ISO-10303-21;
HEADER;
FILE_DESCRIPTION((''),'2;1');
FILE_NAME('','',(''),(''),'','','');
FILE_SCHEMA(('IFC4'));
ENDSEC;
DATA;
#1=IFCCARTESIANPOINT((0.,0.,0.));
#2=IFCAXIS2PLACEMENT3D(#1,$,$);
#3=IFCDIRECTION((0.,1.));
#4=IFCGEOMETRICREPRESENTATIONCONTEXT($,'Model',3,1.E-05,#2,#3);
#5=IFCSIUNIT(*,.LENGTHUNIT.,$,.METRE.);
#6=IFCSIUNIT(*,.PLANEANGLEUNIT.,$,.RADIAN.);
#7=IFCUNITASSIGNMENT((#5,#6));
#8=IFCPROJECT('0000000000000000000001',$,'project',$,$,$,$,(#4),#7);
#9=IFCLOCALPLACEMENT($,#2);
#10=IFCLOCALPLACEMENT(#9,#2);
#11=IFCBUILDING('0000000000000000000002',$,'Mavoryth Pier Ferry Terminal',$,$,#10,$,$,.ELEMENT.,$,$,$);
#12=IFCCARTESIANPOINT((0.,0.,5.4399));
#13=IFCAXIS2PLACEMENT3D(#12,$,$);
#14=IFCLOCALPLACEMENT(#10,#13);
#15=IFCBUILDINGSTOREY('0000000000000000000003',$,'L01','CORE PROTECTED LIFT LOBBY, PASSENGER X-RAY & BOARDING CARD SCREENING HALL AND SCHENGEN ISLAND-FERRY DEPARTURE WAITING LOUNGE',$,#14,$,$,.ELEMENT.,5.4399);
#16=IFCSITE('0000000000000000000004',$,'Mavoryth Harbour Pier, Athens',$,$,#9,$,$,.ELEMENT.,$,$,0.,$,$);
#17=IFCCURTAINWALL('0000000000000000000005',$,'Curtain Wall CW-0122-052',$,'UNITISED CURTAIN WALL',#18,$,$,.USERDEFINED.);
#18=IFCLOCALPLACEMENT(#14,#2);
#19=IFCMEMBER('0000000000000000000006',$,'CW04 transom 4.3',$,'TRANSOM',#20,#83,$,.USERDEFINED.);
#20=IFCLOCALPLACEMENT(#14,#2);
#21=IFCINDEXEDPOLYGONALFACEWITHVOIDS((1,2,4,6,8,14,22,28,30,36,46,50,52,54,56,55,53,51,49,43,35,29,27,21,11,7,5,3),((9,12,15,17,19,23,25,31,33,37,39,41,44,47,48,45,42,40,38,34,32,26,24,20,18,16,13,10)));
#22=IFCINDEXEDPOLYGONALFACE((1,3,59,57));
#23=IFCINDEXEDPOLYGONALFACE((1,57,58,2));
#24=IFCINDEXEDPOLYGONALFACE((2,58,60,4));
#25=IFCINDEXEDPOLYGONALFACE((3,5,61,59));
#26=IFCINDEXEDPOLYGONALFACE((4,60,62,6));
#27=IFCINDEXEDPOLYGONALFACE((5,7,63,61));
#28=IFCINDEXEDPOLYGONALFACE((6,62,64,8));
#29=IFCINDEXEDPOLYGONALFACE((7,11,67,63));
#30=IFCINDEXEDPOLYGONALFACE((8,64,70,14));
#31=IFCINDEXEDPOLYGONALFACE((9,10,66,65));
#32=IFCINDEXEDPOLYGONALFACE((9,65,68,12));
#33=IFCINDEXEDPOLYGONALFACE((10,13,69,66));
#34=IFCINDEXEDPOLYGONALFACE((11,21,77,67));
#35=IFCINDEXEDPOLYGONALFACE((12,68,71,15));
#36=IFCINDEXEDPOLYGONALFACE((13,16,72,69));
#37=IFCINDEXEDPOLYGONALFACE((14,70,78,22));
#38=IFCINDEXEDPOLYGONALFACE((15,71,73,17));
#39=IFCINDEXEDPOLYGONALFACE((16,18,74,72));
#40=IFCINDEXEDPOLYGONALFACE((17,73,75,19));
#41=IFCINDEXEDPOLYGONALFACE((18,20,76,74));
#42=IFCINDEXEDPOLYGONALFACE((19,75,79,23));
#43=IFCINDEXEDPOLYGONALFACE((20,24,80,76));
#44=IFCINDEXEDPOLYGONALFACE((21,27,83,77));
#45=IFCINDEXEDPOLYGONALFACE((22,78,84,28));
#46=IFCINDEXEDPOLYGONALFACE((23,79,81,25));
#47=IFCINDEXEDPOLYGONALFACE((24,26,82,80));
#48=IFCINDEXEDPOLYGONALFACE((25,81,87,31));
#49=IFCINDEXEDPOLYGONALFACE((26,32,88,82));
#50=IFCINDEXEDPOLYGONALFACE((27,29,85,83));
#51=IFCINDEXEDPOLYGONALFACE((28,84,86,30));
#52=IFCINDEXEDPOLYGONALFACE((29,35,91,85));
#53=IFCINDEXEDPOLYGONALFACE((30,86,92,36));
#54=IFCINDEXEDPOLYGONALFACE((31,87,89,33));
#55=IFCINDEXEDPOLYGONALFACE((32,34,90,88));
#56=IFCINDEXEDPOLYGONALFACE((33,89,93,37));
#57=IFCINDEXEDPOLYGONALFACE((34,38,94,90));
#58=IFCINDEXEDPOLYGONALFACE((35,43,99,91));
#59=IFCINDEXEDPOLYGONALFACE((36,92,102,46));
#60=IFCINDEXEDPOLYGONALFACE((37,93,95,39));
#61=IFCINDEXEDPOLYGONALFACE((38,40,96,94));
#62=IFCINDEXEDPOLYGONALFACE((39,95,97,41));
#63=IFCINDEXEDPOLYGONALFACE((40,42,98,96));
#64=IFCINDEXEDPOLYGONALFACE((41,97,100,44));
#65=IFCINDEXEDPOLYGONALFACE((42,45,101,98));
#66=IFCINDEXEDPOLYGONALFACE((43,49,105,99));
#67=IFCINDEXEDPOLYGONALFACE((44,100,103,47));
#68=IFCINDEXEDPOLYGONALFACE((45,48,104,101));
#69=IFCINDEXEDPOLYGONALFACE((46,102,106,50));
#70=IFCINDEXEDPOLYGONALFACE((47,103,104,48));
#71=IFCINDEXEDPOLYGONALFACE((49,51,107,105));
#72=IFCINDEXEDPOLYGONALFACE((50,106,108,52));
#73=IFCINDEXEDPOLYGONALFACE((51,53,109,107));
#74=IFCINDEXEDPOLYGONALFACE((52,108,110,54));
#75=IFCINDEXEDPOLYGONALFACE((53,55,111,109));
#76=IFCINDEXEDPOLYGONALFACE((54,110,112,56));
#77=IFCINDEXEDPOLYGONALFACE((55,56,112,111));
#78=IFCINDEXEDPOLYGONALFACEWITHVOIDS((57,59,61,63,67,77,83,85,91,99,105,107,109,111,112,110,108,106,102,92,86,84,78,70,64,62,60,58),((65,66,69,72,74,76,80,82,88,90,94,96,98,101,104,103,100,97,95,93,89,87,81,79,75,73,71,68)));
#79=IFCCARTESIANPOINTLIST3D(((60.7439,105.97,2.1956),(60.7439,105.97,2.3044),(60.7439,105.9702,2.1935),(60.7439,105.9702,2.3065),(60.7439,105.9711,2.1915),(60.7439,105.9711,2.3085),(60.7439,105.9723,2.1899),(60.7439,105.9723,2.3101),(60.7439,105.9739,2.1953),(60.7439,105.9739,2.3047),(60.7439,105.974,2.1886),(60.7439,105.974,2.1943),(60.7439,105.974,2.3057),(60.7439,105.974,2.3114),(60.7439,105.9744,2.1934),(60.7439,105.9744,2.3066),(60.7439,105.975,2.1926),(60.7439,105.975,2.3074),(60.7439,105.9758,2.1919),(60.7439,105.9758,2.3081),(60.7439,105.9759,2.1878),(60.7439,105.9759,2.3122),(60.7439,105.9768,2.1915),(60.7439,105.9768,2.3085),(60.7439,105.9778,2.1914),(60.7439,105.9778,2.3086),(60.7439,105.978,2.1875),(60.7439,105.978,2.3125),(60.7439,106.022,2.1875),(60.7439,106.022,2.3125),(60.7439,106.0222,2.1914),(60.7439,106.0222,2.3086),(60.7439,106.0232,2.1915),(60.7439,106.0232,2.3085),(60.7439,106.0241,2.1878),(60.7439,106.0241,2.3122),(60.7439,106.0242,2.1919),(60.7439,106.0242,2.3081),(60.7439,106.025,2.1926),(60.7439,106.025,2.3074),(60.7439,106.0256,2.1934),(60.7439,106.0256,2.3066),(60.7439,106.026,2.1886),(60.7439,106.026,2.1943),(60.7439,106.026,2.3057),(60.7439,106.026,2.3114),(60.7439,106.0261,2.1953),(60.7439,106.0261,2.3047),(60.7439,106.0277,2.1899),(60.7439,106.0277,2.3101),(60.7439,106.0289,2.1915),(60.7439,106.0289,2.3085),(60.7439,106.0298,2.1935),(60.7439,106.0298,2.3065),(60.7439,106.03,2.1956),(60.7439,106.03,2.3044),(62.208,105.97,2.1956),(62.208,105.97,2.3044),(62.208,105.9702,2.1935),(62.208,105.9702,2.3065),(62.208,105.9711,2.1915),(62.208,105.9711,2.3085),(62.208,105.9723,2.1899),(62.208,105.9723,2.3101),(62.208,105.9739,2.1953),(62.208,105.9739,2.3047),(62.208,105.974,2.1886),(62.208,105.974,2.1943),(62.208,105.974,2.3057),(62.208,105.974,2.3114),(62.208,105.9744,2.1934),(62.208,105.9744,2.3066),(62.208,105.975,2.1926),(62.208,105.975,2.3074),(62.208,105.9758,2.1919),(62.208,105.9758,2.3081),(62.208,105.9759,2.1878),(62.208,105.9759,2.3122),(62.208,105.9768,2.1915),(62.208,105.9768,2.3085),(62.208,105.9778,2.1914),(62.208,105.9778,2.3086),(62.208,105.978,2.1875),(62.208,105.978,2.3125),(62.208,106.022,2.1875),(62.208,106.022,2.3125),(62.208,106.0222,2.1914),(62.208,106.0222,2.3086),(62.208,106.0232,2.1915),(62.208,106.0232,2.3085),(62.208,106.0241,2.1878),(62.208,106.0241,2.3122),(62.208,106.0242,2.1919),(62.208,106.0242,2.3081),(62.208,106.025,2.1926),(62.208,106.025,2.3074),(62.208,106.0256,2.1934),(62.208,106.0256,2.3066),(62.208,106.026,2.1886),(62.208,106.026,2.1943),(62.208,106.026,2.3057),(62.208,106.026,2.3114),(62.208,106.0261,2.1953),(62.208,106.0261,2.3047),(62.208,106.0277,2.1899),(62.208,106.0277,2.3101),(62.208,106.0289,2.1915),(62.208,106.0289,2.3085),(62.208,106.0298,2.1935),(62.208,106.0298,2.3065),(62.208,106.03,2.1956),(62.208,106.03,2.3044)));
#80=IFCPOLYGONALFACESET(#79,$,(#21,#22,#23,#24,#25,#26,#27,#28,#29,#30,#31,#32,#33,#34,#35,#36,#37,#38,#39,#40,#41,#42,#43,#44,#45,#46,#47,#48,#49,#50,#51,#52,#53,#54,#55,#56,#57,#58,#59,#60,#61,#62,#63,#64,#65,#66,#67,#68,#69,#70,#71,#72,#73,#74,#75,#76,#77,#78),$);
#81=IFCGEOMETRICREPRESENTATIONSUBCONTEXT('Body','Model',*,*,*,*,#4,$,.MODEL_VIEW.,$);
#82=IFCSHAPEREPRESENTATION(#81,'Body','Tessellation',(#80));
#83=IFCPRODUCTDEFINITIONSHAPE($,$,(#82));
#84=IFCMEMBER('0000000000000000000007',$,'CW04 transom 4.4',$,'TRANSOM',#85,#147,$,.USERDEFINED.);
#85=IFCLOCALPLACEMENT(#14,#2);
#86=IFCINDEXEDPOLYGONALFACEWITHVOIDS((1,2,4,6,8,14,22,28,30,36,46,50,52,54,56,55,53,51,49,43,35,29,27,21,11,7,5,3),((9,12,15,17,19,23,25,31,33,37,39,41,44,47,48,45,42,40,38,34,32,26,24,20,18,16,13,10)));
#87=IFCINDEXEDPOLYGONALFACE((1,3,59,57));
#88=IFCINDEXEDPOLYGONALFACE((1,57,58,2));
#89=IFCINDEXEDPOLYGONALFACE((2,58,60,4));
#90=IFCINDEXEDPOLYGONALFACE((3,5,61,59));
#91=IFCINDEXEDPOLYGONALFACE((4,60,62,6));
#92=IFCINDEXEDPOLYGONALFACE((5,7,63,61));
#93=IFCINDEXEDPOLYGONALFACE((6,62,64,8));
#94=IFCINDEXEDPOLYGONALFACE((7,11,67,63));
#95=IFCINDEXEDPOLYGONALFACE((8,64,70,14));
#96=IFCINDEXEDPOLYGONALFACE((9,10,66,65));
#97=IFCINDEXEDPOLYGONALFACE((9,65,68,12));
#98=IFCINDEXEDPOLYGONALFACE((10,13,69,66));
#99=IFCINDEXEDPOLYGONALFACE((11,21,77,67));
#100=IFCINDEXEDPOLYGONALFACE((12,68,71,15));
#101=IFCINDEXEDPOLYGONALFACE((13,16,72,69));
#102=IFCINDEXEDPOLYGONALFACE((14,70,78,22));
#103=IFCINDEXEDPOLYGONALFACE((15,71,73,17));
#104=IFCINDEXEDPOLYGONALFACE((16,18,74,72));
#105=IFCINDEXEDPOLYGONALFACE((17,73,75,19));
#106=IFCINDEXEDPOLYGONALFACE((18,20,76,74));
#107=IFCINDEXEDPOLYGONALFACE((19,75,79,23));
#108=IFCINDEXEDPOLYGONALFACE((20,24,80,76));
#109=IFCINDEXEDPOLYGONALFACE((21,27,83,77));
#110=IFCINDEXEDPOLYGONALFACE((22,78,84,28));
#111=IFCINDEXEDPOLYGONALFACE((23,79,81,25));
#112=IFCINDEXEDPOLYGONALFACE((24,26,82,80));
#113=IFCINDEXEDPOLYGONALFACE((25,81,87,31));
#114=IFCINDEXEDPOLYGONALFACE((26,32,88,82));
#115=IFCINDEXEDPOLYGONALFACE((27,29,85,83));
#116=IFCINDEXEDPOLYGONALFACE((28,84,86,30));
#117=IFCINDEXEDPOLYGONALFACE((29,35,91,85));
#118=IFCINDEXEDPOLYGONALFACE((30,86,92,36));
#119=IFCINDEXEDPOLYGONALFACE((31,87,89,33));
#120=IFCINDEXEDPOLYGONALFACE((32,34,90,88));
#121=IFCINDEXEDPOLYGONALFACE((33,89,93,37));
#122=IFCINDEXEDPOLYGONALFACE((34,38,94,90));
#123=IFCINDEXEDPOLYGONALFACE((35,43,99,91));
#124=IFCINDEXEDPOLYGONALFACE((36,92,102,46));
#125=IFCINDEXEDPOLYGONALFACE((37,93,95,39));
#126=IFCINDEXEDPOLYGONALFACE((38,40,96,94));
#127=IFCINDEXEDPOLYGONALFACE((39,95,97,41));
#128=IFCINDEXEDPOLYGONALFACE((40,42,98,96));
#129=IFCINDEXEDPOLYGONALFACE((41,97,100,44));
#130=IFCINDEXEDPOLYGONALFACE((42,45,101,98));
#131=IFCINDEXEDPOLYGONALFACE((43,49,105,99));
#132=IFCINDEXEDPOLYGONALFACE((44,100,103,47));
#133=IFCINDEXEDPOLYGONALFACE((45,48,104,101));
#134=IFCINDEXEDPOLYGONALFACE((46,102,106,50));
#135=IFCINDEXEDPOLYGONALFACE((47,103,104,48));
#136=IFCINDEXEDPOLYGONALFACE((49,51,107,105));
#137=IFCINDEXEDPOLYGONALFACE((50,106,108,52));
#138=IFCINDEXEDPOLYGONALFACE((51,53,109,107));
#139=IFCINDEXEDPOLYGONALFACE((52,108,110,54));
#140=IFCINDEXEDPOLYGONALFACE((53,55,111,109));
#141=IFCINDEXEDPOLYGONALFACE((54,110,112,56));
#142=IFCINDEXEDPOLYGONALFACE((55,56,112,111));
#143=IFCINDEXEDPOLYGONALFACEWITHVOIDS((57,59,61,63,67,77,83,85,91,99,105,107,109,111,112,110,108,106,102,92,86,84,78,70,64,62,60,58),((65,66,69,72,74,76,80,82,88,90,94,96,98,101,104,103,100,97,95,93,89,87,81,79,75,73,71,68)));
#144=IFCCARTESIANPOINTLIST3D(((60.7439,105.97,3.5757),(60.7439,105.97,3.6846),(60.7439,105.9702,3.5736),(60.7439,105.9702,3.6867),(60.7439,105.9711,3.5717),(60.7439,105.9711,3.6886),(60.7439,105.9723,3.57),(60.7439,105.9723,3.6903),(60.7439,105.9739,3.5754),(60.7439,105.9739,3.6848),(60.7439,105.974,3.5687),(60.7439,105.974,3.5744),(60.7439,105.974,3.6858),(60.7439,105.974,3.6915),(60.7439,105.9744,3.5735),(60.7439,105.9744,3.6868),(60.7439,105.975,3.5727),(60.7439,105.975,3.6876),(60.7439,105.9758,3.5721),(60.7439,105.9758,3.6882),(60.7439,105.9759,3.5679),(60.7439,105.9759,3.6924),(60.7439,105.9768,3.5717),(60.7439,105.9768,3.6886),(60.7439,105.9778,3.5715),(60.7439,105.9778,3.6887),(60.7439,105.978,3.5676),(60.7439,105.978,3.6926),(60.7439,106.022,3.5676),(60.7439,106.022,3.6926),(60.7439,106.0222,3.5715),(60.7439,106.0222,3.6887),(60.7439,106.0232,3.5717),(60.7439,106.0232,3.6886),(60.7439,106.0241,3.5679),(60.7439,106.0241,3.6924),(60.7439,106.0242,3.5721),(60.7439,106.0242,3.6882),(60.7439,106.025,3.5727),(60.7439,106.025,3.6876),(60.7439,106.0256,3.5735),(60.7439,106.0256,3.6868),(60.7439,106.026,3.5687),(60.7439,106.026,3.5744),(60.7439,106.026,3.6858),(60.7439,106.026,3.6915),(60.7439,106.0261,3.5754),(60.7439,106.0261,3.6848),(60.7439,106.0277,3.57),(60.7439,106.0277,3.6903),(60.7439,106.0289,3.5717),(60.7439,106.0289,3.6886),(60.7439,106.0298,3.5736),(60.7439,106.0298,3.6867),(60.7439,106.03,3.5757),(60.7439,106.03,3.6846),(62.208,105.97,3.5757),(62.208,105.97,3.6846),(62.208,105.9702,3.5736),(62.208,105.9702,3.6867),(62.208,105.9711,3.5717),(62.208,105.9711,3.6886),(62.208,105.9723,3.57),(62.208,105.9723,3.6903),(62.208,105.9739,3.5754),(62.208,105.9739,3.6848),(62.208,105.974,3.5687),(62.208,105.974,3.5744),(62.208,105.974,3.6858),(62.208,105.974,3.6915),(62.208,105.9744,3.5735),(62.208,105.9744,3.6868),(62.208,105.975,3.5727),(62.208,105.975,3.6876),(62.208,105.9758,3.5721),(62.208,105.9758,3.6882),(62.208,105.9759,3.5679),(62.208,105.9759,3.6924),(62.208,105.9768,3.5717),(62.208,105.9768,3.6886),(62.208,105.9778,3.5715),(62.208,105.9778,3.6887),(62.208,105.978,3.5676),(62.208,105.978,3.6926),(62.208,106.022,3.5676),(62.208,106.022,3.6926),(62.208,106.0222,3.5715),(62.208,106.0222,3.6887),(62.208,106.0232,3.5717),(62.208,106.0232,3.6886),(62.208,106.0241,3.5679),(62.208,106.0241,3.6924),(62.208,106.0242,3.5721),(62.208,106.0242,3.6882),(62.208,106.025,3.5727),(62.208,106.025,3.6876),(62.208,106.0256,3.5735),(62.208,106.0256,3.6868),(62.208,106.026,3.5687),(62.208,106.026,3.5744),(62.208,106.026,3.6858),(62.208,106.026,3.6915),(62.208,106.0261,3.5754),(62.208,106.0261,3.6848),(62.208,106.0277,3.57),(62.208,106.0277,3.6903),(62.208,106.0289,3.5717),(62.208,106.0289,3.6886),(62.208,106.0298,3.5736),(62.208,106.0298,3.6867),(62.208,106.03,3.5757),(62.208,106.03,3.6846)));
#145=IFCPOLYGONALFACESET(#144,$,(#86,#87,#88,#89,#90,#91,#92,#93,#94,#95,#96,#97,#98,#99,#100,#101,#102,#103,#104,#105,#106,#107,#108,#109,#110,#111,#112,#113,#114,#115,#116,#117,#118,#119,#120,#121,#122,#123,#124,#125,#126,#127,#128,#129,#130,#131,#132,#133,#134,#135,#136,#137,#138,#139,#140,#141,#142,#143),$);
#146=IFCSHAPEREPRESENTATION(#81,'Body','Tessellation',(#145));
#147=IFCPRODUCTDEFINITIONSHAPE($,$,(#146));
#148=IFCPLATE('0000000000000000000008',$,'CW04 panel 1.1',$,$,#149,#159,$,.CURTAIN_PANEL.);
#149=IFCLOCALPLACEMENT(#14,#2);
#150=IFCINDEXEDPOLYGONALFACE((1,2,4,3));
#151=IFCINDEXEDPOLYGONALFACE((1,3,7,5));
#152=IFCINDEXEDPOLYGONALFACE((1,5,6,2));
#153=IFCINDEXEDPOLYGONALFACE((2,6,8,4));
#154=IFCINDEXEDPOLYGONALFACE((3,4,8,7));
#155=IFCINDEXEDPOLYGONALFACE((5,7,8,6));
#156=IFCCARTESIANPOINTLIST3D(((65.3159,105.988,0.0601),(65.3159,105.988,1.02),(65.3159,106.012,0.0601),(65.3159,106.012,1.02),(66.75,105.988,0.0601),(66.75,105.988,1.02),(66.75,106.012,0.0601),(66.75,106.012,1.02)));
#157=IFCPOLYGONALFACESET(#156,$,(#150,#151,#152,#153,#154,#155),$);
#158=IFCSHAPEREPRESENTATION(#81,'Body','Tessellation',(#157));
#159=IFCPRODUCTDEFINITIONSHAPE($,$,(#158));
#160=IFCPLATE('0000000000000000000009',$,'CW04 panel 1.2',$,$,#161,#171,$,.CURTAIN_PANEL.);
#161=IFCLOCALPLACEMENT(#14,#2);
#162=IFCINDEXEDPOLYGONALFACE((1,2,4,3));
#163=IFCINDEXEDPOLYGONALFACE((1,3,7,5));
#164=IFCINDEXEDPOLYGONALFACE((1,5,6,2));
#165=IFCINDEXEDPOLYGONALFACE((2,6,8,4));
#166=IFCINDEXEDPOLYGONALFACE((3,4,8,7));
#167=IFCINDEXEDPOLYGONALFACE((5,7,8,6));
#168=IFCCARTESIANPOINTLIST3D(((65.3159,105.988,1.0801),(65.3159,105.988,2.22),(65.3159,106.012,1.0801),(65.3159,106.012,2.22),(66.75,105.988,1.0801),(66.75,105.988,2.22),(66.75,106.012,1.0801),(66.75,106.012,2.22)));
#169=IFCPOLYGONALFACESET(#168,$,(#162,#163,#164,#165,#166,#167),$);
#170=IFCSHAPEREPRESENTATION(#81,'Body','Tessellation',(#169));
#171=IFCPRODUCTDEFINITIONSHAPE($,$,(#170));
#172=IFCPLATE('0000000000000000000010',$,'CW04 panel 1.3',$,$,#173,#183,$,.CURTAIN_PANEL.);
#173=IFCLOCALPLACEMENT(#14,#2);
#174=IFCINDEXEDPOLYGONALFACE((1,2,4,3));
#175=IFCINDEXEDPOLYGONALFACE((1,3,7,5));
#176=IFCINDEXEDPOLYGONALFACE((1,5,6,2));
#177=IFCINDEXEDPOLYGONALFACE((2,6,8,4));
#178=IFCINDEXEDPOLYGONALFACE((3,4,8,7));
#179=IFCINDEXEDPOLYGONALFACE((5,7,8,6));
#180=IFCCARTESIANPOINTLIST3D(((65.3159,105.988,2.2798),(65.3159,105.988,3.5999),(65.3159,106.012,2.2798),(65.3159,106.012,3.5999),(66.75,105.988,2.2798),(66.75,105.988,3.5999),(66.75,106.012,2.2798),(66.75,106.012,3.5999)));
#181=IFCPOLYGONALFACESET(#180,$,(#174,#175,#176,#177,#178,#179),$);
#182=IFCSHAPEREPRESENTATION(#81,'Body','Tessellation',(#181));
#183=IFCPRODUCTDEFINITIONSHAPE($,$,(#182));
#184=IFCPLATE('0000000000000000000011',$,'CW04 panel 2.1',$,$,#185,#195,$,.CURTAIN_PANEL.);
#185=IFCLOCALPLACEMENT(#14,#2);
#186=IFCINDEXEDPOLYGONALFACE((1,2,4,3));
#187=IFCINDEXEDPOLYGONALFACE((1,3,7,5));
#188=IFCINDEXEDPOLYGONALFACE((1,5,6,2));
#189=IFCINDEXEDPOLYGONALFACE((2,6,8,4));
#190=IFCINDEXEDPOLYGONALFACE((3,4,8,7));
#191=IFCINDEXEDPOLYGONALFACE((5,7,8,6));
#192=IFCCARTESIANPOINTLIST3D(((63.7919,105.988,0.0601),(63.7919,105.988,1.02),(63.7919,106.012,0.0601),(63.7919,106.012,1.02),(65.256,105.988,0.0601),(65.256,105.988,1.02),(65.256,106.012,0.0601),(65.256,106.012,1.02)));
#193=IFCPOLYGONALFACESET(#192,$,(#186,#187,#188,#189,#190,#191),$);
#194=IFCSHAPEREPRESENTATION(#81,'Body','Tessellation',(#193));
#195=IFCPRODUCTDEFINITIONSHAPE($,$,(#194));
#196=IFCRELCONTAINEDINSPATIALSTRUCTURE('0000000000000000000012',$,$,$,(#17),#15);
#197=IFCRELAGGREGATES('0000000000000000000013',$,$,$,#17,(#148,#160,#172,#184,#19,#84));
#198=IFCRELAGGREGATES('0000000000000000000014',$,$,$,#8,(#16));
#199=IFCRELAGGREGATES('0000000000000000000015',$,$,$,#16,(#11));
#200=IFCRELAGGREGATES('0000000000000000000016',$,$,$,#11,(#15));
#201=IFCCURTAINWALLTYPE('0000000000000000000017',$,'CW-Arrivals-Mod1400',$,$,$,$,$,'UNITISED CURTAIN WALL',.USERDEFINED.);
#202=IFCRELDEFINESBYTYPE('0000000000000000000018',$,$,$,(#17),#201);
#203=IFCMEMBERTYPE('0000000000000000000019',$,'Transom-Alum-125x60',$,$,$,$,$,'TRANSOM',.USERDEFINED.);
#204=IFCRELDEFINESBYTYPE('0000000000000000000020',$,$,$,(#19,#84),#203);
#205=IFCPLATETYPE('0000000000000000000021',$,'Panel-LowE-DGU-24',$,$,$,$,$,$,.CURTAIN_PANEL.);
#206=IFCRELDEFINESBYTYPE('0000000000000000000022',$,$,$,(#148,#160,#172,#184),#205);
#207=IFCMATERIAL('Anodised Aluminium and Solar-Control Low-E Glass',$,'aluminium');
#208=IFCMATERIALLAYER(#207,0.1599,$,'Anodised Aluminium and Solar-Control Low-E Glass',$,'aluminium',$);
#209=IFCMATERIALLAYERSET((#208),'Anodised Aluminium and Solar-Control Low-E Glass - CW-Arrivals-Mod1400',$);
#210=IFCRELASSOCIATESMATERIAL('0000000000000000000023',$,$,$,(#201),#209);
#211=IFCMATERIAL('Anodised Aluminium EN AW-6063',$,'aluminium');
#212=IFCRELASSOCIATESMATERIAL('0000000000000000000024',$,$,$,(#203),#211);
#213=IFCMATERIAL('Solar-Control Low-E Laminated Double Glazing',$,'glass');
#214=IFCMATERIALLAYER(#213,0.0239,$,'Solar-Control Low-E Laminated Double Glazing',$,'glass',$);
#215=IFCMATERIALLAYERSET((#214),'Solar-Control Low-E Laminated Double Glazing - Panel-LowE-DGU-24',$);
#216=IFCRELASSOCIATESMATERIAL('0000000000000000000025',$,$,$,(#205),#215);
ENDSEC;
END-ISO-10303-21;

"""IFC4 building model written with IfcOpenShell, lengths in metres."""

from ifc_helpers import new_model, si_unit, direction, frame, origin, origin_2d, place, context, subcontext, project, spatial, rectangle, hollow_rectangle, extrude, material, layer, layer_set, material_profile, profile_set, type_object, element, aggregate, save


model = new_model("IFC4")

# Units and contexts
model_context = context("Model", 3, precision=1e-05, world=origin(), true_north=direction((0.0, 1.0)))
body_context = subcontext(model_context, "Body", "Model", "MODEL_VIEW")
ifc_project = project(units=[si_unit("LENGTHUNIT", "METRE"), si_unit("PLANEANGLEUNIT", "RADIAN")], contexts=[model_context])

# Site, building, storey
site_placement = place(None, origin())
site = spatial("IfcSite", under=ifc_project, at=site_placement, Name="Mavoryth Harbour Pier, Athens", CompositionType="ELEMENT", RefElevation=0.0)
building_placement = place(site_placement, origin())
building = spatial("IfcBuilding", under=site, at=building_placement, Name="Mavoryth Pier Ferry Terminal", CompositionType="ELEMENT")
storey_placement = place(building_placement, frame((0.0, 0.0, 5.4399)))
storey = spatial("IfcBuildingStorey", under=building, at=storey_placement, Name="L01", Description="CORE PROTECTED LIFT LOBBY, PASSENGER X-RAY & BOARDING CARD SCREENING HALL AND SCHENGEN ISLAND-FERRY DEPARTURE WAITING LOUNGE", CompositionType="ELEMENT", Elevation=5.4399)

# Curtain wall
ifc_material_1 = material(Name="Anodised Aluminium and Solar-Control Low-E Glass", Category="aluminium")
ifc_layer_1 = layer(ifc_material_1, 0.1599, Name="Anodised Aluminium and Solar-Control Low-E Glass", Category="aluminium")
ifc_layer_set_1 = layer_set([ifc_layer_1], Name="Anodised Aluminium and Solar-Control Low-E Glass - CW-Arrivals-Mod1400")
curtain_wall_type = type_object("IfcCurtainWallType", Name="CW-Arrivals-Mod1400", ElementType="UNITISED CURTAIN WALL", PredefinedType="USERDEFINED", material=ifc_layer_set_1)
curtain_wall_placement = place(storey_placement, origin())
curtain_wall = element("IfcCurtainWall", 1, at=curtain_wall_placement, inside=storey, type_object=curtain_wall_type, Name="Curtain Wall CW-0122-052", ObjectType="UNITISED CURTAIN WALL", PredefinedType="USERDEFINED")
ifc_material_2 = material(Name="Anodised Aluminium EN AW-6063", Category="aluminium")

# Members
ifc_material_profile_1 = material_profile(ifc_material_2, hollow_rectangle(XDim=0.0601, YDim=0.125, WallThickness=0.0039, InnerFilletRadius=0.0039, OuterFilletRadius=0.0081, at=origin_2d()), Name="AL-TRAN 125x60x4", Category="aluminium")
ifc_profile_set_1 = profile_set([ifc_material_profile_1], Name="Anodised Aluminium EN AW-6063 - AL-TRAN 125x60x4")
member_type_1 = type_object("IfcMemberType", Name="Transom-Alum-125x60", ElementType="TRANSOM", PredefinedType="USERDEFINED", material=ifc_profile_set_1)
member_1_placement = place(storey_placement, frame((62.208, 106.0, 2.25), z_axis=(-1.0, 0.0, 0.0), x_axis=(0.0, -1.0, 0.0)))
member_1 = element("IfcMember", 2, at=member_1_placement, type_object=member_type_1, Name="CW04 transom 4.3", ObjectType="TRANSOM", PredefinedType="USERDEFINED", context=body_context, shape_type="SweptSolid", body=[
    extrude(hollow_rectangle(XDim=0.0601, YDim=0.125, WallThickness=0.0039, InnerFilletRadius=0.0039, OuterFilletRadius=0.0081, at=origin_2d()), origin(), (0.0, 0.0, 1.0), 1.4641),
])
member_2_placement = place(storey_placement, frame((62.208, 106.0, 3.6301), z_axis=(-1.0, 0.0, 0.0), x_axis=(0.0, -1.0, 0.0)))
member_2 = element("IfcMember", 3, at=member_2_placement, type_object=member_type_1, Name="CW04 transom 4.4", ObjectType="TRANSOM", PredefinedType="USERDEFINED", context=body_context, shape_type="SweptSolid", body=[
    extrude(hollow_rectangle(XDim=0.0601, YDim=0.125, WallThickness=0.0039, InnerFilletRadius=0.0039, OuterFilletRadius=0.0081, at=origin_2d()), origin(), (0.0, 0.0, 1.0), 1.4641),
])

# Plates
ifc_material_3 = material(Name="Solar-Control Low-E Laminated Double Glazing", Category="glass")
ifc_layer_2 = layer(ifc_material_3, 0.0239, Name="Solar-Control Low-E Laminated Double Glazing", Category="glass")
ifc_layer_set_2 = layer_set([ifc_layer_2], Name="Solar-Control Low-E Laminated Double Glazing - Panel-LowE-DGU-24")
plate_type_1 = type_object("IfcPlateType", Name="Panel-LowE-DGU-24", PredefinedType="CURTAIN_PANEL", material=ifc_layer_set_2)
plate_1_placement = place(storey_placement, frame((66.033, 106.0, 0.0601), z_axis=(0.0, 0.0, 1.0), x_axis=(-1.0, 0.0, 0.0)))
plate_1 = element("IfcPlate", 4, at=plate_1_placement, type_object=plate_type_1, Name="CW04 panel 1.1", PredefinedType="CURTAIN_PANEL", context=body_context, shape_type="SweptSolid", body=[
    extrude(rectangle(XDim=1.4341, YDim=0.0239, at=origin_2d()), origin(), (0.0, 0.0, 1.0), 0.96),
])
plate_2_placement = place(storey_placement, frame((66.033, 106.0, 1.0801), z_axis=(0.0, 0.0, 1.0), x_axis=(-1.0, 0.0, 0.0)))
plate_2 = element("IfcPlate", 5, at=plate_2_placement, type_object=plate_type_1, Name="CW04 panel 1.2", PredefinedType="CURTAIN_PANEL", context=body_context, shape_type="SweptSolid", body=[
    extrude(rectangle(XDim=1.4341, YDim=0.0239, at=origin_2d()), origin(), (0.0, 0.0, 1.0), 1.1399),
])
plate_3_placement = place(storey_placement, frame((66.033, 106.0, 2.2798), z_axis=(0.0, 0.0, 1.0), x_axis=(-1.0, 0.0, 0.0)))
plate_3 = element("IfcPlate", 6, at=plate_3_placement, type_object=plate_type_1, Name="CW04 panel 1.3", PredefinedType="CURTAIN_PANEL", context=body_context, shape_type="SweptSolid", body=[
    extrude(rectangle(XDim=1.4341, YDim=0.0239, at=origin_2d()), origin(), (0.0, 0.0, 1.0), 1.3201),
])
plate_4_placement = place(storey_placement, frame((64.5239, 106.0, 0.0601), z_axis=(0.0, 0.0, 1.0), x_axis=(-1.0, 0.0, 0.0)))
plate_4 = element("IfcPlate", 7, at=plate_4_placement, type_object=plate_type_1, Name="CW04 panel 2.1", PredefinedType="CURTAIN_PANEL", context=body_context, shape_type="SweptSolid", body=[
    extrude(rectangle(XDim=1.4641, YDim=0.0239, at=origin_2d()), origin(), (0.0, 0.0, 1.0), 0.96),
])
aggregate(curtain_wall, [plate_1, plate_2, plate_3, plate_4, member_1, member_2])

save(model, "model.ifc")
